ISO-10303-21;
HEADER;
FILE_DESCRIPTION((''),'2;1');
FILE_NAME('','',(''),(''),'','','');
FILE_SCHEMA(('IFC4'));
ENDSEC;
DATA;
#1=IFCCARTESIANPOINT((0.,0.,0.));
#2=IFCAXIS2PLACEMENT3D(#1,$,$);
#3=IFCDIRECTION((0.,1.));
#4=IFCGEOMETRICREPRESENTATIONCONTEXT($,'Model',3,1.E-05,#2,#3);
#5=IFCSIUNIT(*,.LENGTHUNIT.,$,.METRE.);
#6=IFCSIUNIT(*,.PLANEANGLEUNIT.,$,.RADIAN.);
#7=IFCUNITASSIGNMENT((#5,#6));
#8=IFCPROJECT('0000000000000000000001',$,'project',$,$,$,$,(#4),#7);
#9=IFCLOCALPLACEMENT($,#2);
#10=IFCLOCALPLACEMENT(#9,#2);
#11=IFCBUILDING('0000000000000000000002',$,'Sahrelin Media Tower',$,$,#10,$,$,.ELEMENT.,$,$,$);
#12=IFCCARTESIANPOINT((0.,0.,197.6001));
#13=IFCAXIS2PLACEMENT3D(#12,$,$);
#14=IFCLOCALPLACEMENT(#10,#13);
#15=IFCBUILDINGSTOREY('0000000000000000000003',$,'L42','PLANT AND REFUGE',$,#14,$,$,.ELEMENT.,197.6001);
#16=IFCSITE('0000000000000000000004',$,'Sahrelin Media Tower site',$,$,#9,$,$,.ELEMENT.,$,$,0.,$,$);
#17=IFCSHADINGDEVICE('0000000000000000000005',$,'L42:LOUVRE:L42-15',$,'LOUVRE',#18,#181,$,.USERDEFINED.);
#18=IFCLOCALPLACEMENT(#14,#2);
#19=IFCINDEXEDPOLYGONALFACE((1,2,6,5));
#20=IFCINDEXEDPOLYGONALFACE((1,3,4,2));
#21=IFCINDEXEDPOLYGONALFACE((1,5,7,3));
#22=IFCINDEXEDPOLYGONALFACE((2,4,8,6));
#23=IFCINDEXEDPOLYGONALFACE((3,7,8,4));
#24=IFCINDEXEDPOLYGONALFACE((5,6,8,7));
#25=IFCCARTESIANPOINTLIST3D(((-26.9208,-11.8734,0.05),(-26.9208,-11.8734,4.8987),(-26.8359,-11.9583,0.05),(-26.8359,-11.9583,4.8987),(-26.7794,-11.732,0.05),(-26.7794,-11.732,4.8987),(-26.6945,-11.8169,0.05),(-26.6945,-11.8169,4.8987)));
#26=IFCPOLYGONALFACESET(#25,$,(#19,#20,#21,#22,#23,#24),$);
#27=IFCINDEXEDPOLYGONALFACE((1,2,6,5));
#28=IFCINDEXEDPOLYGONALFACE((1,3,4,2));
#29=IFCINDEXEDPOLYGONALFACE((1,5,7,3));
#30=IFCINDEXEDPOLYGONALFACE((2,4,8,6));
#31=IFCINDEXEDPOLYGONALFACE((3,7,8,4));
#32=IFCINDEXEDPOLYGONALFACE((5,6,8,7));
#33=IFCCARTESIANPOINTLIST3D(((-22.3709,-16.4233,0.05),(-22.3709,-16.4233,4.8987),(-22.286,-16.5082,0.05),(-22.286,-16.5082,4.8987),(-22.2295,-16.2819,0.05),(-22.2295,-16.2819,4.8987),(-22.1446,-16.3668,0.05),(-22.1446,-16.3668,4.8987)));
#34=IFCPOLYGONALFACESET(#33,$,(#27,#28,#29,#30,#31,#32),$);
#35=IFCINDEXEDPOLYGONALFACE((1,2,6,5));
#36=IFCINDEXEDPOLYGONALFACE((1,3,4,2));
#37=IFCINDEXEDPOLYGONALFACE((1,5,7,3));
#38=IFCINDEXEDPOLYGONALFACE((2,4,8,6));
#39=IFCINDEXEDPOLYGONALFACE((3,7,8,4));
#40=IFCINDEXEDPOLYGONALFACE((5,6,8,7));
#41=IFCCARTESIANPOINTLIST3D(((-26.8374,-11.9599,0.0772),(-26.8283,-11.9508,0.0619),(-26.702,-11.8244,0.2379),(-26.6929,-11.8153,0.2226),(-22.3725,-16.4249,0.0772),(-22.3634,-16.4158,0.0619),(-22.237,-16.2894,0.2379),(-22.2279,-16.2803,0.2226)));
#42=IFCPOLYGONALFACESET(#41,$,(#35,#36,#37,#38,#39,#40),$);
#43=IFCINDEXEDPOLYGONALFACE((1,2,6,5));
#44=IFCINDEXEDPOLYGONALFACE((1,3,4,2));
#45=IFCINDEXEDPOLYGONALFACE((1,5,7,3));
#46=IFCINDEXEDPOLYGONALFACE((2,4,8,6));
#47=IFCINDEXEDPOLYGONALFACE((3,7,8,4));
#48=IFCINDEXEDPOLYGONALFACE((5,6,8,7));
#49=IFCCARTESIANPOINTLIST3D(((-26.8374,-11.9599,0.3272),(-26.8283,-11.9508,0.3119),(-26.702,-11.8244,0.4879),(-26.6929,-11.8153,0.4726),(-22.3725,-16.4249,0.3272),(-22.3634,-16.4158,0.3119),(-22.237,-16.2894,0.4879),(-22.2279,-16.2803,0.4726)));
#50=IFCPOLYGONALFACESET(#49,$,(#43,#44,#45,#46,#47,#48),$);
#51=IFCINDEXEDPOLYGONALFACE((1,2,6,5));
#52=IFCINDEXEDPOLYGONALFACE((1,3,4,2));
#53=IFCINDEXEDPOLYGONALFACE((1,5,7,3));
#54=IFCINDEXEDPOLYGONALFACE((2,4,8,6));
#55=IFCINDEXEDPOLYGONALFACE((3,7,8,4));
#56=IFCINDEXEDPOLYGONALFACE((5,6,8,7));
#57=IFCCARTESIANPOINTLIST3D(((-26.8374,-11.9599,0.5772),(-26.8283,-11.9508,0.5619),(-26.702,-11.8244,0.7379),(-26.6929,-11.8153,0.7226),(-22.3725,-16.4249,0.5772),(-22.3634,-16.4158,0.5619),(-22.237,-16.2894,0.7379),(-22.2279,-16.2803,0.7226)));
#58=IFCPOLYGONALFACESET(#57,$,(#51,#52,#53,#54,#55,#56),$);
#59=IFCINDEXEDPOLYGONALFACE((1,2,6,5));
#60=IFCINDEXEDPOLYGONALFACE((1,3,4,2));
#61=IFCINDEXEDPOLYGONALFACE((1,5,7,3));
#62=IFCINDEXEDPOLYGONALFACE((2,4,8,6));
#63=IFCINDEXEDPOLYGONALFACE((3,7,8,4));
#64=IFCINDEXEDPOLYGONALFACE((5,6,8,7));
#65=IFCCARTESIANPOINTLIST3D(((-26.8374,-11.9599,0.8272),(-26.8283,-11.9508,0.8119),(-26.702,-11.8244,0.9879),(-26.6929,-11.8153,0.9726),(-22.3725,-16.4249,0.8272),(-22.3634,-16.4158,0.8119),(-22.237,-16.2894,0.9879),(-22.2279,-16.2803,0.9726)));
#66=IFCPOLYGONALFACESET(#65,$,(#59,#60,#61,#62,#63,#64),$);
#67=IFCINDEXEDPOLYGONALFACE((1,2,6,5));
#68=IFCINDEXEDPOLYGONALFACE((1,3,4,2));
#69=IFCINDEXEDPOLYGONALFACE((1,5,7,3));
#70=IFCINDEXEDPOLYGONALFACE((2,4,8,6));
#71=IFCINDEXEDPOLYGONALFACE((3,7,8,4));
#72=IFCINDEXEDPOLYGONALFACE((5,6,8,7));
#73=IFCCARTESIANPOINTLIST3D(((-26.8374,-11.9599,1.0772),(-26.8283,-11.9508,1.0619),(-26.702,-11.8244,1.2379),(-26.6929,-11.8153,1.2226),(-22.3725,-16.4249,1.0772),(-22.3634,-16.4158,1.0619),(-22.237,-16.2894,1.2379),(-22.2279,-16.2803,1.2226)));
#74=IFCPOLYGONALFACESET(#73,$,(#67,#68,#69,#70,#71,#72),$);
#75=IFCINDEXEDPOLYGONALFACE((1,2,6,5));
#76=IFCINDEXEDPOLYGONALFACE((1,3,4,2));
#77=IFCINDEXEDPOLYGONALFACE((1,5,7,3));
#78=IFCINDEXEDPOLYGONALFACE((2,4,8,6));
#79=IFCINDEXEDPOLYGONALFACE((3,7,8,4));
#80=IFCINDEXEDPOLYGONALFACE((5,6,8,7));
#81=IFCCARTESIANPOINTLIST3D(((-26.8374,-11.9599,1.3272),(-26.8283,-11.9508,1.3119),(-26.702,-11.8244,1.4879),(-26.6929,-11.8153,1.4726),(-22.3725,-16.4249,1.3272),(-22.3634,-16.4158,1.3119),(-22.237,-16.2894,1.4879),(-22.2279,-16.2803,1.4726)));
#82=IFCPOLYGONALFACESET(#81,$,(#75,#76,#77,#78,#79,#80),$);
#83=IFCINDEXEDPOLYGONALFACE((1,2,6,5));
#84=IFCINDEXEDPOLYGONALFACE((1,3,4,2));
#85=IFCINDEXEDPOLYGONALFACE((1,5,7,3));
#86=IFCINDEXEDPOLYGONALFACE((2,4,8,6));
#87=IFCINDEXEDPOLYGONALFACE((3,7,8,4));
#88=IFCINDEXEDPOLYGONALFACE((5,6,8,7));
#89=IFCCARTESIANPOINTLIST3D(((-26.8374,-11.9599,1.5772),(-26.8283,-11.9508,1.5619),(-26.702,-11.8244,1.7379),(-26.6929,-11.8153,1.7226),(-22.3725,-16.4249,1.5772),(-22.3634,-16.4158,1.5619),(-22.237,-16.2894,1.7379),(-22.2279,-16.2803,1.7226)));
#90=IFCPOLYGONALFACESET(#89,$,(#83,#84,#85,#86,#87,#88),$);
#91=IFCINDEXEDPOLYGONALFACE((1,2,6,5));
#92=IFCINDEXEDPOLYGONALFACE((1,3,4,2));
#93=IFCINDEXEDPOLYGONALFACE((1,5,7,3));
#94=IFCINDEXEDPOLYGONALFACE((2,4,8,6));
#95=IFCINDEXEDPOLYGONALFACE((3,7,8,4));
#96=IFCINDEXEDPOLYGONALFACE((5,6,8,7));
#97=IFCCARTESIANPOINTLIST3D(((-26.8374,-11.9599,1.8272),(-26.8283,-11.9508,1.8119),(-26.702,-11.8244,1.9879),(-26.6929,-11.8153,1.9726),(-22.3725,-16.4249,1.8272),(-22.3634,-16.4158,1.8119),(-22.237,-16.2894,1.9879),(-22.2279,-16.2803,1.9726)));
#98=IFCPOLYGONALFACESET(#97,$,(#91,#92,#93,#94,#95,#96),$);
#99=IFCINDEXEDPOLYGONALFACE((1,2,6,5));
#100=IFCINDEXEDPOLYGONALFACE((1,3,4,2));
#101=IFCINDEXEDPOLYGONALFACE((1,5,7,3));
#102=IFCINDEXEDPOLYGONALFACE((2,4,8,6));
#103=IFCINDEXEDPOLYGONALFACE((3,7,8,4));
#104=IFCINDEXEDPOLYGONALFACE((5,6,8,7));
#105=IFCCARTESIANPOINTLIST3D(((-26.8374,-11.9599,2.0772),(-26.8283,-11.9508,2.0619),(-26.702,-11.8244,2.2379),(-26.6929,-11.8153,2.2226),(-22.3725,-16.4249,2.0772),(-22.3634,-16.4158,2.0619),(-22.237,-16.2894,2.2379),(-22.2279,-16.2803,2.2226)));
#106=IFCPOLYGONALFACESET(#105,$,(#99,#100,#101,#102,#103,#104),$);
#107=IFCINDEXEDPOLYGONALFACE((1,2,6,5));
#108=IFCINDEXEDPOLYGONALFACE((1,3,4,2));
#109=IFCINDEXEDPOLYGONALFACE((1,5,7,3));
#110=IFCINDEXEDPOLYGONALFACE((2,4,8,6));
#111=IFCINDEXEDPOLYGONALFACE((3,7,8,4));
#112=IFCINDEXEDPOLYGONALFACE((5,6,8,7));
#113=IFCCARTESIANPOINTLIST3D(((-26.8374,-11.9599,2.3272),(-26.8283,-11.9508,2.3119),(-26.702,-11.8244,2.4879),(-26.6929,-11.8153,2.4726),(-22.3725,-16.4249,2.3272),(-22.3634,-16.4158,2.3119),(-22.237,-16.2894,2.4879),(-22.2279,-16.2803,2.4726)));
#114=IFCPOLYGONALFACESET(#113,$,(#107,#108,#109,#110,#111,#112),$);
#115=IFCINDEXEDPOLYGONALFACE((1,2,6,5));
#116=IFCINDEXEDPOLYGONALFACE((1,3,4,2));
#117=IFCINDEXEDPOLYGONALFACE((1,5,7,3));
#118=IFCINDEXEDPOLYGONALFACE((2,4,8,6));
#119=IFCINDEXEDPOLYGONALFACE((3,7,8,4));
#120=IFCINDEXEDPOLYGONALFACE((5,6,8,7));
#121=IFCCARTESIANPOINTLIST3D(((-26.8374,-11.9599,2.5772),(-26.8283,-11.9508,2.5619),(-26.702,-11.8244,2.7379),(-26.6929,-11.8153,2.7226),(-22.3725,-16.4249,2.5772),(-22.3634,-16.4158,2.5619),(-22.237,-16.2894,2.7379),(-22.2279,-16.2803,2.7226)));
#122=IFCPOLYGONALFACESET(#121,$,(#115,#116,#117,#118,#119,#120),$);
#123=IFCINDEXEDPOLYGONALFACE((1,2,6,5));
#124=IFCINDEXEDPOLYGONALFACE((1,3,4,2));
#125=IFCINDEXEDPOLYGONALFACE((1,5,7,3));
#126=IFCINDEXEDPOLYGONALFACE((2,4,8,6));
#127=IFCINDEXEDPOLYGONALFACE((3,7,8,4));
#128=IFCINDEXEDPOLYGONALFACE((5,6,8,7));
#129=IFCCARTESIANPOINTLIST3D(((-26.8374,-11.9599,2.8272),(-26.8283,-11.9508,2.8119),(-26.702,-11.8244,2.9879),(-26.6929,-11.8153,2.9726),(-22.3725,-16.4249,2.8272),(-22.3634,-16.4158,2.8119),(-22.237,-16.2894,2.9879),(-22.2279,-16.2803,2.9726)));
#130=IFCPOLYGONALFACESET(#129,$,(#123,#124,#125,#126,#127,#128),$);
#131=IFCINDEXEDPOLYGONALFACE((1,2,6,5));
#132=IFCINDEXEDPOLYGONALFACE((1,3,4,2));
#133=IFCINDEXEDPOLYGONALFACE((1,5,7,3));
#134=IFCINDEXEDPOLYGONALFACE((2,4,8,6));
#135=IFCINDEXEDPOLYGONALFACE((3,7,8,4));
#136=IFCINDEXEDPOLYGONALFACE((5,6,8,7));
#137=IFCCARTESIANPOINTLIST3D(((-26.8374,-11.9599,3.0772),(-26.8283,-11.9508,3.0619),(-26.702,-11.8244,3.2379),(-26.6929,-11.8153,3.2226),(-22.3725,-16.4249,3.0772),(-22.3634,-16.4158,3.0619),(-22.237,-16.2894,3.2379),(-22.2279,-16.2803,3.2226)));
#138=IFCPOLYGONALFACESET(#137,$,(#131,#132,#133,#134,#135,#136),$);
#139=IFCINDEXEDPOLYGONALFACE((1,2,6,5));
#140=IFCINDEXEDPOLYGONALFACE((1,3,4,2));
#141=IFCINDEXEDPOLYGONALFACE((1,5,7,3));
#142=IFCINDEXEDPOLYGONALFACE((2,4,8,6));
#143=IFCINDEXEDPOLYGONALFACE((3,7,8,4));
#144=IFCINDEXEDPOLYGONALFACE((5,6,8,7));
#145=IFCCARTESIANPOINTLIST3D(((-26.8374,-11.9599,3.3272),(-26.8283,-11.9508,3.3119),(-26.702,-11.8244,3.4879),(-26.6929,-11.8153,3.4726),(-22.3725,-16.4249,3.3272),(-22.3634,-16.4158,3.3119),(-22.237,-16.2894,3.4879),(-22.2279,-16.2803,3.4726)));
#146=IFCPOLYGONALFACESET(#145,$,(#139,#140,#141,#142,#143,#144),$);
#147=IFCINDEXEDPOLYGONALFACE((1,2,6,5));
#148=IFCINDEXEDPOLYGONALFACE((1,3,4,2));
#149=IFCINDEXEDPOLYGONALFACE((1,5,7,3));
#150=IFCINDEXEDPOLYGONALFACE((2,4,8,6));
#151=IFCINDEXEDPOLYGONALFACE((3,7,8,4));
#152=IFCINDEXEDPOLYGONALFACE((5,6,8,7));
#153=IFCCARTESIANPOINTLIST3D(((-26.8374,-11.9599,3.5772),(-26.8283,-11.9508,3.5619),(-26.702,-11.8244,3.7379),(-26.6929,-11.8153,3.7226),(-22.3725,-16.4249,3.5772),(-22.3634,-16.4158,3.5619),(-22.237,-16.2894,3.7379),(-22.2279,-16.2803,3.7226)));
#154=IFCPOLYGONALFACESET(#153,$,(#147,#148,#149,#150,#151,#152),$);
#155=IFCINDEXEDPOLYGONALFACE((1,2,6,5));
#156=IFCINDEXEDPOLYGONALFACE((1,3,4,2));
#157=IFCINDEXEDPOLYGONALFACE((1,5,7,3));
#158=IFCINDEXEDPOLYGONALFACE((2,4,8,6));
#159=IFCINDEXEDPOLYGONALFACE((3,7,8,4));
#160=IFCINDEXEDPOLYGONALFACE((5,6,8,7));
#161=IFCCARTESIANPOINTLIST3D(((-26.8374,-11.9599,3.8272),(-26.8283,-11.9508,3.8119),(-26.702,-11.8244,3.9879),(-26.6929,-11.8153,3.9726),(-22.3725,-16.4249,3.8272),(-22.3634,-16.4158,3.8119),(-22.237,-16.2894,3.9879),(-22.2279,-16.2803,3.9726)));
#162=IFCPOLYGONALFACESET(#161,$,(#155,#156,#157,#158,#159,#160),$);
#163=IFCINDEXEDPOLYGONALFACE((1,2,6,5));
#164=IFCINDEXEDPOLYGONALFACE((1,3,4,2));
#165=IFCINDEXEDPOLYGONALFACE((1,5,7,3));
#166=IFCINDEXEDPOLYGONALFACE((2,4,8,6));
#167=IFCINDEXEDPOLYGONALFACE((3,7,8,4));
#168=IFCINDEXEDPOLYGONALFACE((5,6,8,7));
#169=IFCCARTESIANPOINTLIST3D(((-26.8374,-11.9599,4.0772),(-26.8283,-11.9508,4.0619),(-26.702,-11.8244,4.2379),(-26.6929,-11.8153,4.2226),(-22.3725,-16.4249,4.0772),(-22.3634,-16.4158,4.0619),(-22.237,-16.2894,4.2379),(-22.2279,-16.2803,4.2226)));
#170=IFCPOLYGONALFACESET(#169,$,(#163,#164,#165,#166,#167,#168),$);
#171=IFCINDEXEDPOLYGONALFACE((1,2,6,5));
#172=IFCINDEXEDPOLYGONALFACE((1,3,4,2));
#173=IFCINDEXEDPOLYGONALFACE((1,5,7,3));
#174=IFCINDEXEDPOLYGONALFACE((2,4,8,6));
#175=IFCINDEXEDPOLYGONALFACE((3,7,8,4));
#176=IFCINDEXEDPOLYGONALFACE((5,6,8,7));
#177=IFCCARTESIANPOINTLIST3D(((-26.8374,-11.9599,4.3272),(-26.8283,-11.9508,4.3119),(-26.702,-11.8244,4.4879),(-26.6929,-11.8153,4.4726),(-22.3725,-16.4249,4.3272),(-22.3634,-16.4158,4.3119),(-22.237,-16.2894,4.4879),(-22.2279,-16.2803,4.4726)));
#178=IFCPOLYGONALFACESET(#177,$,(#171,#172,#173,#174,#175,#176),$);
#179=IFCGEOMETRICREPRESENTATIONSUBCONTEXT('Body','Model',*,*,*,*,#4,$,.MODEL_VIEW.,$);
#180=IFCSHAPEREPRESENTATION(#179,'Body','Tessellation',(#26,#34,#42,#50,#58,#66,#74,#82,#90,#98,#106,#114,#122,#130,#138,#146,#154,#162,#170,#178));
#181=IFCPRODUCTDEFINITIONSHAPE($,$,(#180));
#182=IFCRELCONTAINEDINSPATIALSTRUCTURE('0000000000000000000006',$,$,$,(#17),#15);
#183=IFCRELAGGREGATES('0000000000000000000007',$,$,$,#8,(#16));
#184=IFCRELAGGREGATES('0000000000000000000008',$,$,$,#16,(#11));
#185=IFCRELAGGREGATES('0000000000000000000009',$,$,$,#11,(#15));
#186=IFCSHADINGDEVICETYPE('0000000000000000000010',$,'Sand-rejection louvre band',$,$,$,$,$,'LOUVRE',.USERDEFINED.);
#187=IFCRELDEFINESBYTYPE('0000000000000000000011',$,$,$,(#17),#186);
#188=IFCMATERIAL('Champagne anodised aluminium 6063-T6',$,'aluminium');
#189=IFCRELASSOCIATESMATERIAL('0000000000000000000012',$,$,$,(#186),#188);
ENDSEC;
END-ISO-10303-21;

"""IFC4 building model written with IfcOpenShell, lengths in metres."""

from ifc_helpers import new_model, si_unit, direction, frame, origin, origin_2d, place, context, subcontext, project, spatial, rectangle, extrude, material, type_object, element, save


model = new_model("IFC4")

# Units and contexts
model_context = context("Model", 3, precision=1e-05, world=origin(), true_north=direction((0.0, 1.0)))
body_context = subcontext(model_context, "Body", "Model", "MODEL_VIEW")
ifc_project = project(units=[si_unit("LENGTHUNIT", "METRE"), si_unit("PLANEANGLEUNIT", "RADIAN")], contexts=[model_context])

# Site, building, storey
site_placement = place(None, origin())
site = spatial("IfcSite", under=ifc_project, at=site_placement, Name="Sahrelin Media Tower site", CompositionType="ELEMENT", RefElevation=0.0)
building_placement = place(site_placement, origin())
building = spatial("IfcBuilding", under=site, at=building_placement, Name="Sahrelin Media Tower", CompositionType="ELEMENT")
storey_placement = place(building_placement, frame((0.0, 0.0, 197.6001)))
storey = spatial("IfcBuildingStorey", under=building, at=storey_placement, Name="L42", Description="PLANT AND REFUGE", CompositionType="ELEMENT", Elevation=197.6001)

# Shading device
ifc_material_1 = material(Name="Champagne anodised aluminium 6063-T6", Category="aluminium")
shading_device_type = type_object("IfcShadingDeviceType", Name="Sand-rejection louvre band", ElementType="LOUVRE", PredefinedType="USERDEFINED", material=ifc_material_1)
shading_device_1_placement = place(storey_placement, frame((-24.4619, -14.0493, 0.0), z_axis=(0.0, 0.0, 1.0), x_axis=(-0.707107, 0.707107, 0.0)))
element("IfcShadingDevice", 1, at=shading_device_1_placement, inside=storey, type_object=shading_device_type, Name="L42:LOUVRE:L42-15", ObjectType="LOUVRE", PredefinedType="USERDEFINED", context=body_context, shape_type="SweptSolid", body=[
    extrude(rectangle(XDim=0.1201, YDim=0.2, at=origin_2d()), frame((3.2173, 0.1001, 0.05), z_axis=(0.0, 0.0, 1.0), x_axis=(1.0, 0.0, 0.0)), (0.0, 0.0, 1.0), 4.8486),
    extrude(rectangle(XDim=0.1201, YDim=0.2, at=origin_2d()), frame((-3.2173, 0.1001, 0.05), z_axis=(0.0, 0.0, 1.0), x_axis=(1.0, 0.0, 0.0)), (0.0, 0.0, 1.0), 4.8486),
    extrude(rectangle(XDim=0.25, YDim=0.02, at=origin_2d()), frame((3.1572, 0.1001, 0.1499), z_axis=(-1.0, 0.0, 0.0), x_axis=(0.0, -0.766044, 0.642788)), (0.0, 0.0, 1.0), 6.3145),
    extrude(rectangle(XDim=0.25, YDim=0.02, at=origin_2d()), frame((3.1572, 0.1001, 0.3999), z_axis=(-1.0, 0.0, 0.0), x_axis=(0.0, -0.766044, 0.642788)), (0.0, 0.0, 1.0), 6.3145),
    extrude(rectangle(XDim=0.25, YDim=0.02, at=origin_2d()), frame((3.1572, 0.1001, 0.6499), z_axis=(-1.0, 0.0, 0.0), x_axis=(0.0, -0.766044, 0.642788)), (0.0, 0.0, 1.0), 6.3145),
    extrude(rectangle(XDim=0.25, YDim=0.02, at=origin_2d()), frame((3.1572, 0.1001, 0.8999), z_axis=(-1.0, 0.0, 0.0), x_axis=(0.0, -0.766044, 0.642788)), (0.0, 0.0, 1.0), 6.3145),
    extrude(rectangle(XDim=0.25, YDim=0.02, at=origin_2d()), frame((3.1572, 0.1001, 1.1499), z_axis=(-1.0, 0.0, 0.0), x_axis=(0.0, -0.766044, 0.642788)), (0.0, 0.0, 1.0), 6.3145),
    extrude(rectangle(XDim=0.25, YDim=0.02, at=origin_2d()), frame((3.1572, 0.1001, 1.3999), z_axis=(-1.0, 0.0, 0.0), x_axis=(0.0, -0.766044, 0.642788)), (0.0, 0.0, 1.0), 6.3145),
    extrude(rectangle(XDim=0.25, YDim=0.02, at=origin_2d()), frame((3.1572, 0.1001, 1.6499), z_axis=(-1.0, 0.0, 0.0), x_axis=(0.0, -0.766044, 0.642788)), (0.0, 0.0, 1.0), 6.3145),
    extrude(rectangle(XDim=0.25, YDim=0.02, at=origin_2d()), frame((3.1572, 0.1001, 1.8999), z_axis=(-1.0, 0.0, 0.0), x_axis=(0.0, -0.766044, 0.642788)), (0.0, 0.0, 1.0), 6.3145),
    extrude(rectangle(XDim=0.25, YDim=0.02, at=origin_2d()), frame((3.1572, 0.1001, 2.1499), z_axis=(-1.0, 0.0, 0.0), x_axis=(0.0, -0.766044, 0.642788)), (0.0, 0.0, 1.0), 6.3145),
    extrude(rectangle(XDim=0.25, YDim=0.02, at=origin_2d()), frame((3.1572, 0.1001, 2.3999), z_axis=(-1.0, 0.0, 0.0), x_axis=(0.0, -0.766044, 0.642788)), (0.0, 0.0, 1.0), 6.3145),
    extrude(rectangle(XDim=0.25, YDim=0.02, at=origin_2d()), frame((3.1572, 0.1001, 2.6499), z_axis=(-1.0, 0.0, 0.0), x_axis=(0.0, -0.766044, 0.642788)), (0.0, 0.0, 1.0), 6.3145),
    extrude(rectangle(XDim=0.25, YDim=0.02, at=origin_2d()), frame((3.1572, 0.1001, 2.8999), z_axis=(-1.0, 0.0, 0.0), x_axis=(0.0, -0.766044, 0.642788)), (0.0, 0.0, 1.0), 6.3145),
    extrude(rectangle(XDim=0.25, YDim=0.02, at=origin_2d()), frame((3.1572, 0.1001, 3.1499), z_axis=(-1.0, 0.0, 0.0), x_axis=(0.0, -0.766044, 0.642788)), (0.0, 0.0, 1.0), 6.3145),
    extrude(rectangle(XDim=0.25, YDim=0.02, at=origin_2d()), frame((3.1572, 0.1001, 3.3999), z_axis=(-1.0, 0.0, 0.0), x_axis=(0.0, -0.766044, 0.642788)), (0.0, 0.0, 1.0), 6.3145),
    extrude(rectangle(XDim=0.25, YDim=0.02, at=origin_2d()), frame((3.1572, 0.1001, 3.6499), z_axis=(-1.0, 0.0, 0.0), x_axis=(0.0, -0.766044, 0.642788)), (0.0, 0.0, 1.0), 6.3145),
    extrude(rectangle(XDim=0.25, YDim=0.02, at=origin_2d()), frame((3.1572, 0.1001, 3.8999), z_axis=(-1.0, 0.0, 0.0), x_axis=(0.0, -0.766044, 0.642788)), (0.0, 0.0, 1.0), 6.3145),
    extrude(rectangle(XDim=0.25, YDim=0.02, at=origin_2d()), frame((3.1572, 0.1001, 4.1499), z_axis=(-1.0, 0.0, 0.0), x_axis=(0.0, -0.766044, 0.642788)), (0.0, 0.0, 1.0), 6.3145),
    extrude(rectangle(XDim=0.25, YDim=0.02, at=origin_2d()), frame((3.1572, 0.1001, 4.3999), z_axis=(-1.0, 0.0, 0.0), x_axis=(0.0, -0.766044, 0.642788)), (0.0, 0.0, 1.0), 6.3145),
])

save(model, "model.ifc")
